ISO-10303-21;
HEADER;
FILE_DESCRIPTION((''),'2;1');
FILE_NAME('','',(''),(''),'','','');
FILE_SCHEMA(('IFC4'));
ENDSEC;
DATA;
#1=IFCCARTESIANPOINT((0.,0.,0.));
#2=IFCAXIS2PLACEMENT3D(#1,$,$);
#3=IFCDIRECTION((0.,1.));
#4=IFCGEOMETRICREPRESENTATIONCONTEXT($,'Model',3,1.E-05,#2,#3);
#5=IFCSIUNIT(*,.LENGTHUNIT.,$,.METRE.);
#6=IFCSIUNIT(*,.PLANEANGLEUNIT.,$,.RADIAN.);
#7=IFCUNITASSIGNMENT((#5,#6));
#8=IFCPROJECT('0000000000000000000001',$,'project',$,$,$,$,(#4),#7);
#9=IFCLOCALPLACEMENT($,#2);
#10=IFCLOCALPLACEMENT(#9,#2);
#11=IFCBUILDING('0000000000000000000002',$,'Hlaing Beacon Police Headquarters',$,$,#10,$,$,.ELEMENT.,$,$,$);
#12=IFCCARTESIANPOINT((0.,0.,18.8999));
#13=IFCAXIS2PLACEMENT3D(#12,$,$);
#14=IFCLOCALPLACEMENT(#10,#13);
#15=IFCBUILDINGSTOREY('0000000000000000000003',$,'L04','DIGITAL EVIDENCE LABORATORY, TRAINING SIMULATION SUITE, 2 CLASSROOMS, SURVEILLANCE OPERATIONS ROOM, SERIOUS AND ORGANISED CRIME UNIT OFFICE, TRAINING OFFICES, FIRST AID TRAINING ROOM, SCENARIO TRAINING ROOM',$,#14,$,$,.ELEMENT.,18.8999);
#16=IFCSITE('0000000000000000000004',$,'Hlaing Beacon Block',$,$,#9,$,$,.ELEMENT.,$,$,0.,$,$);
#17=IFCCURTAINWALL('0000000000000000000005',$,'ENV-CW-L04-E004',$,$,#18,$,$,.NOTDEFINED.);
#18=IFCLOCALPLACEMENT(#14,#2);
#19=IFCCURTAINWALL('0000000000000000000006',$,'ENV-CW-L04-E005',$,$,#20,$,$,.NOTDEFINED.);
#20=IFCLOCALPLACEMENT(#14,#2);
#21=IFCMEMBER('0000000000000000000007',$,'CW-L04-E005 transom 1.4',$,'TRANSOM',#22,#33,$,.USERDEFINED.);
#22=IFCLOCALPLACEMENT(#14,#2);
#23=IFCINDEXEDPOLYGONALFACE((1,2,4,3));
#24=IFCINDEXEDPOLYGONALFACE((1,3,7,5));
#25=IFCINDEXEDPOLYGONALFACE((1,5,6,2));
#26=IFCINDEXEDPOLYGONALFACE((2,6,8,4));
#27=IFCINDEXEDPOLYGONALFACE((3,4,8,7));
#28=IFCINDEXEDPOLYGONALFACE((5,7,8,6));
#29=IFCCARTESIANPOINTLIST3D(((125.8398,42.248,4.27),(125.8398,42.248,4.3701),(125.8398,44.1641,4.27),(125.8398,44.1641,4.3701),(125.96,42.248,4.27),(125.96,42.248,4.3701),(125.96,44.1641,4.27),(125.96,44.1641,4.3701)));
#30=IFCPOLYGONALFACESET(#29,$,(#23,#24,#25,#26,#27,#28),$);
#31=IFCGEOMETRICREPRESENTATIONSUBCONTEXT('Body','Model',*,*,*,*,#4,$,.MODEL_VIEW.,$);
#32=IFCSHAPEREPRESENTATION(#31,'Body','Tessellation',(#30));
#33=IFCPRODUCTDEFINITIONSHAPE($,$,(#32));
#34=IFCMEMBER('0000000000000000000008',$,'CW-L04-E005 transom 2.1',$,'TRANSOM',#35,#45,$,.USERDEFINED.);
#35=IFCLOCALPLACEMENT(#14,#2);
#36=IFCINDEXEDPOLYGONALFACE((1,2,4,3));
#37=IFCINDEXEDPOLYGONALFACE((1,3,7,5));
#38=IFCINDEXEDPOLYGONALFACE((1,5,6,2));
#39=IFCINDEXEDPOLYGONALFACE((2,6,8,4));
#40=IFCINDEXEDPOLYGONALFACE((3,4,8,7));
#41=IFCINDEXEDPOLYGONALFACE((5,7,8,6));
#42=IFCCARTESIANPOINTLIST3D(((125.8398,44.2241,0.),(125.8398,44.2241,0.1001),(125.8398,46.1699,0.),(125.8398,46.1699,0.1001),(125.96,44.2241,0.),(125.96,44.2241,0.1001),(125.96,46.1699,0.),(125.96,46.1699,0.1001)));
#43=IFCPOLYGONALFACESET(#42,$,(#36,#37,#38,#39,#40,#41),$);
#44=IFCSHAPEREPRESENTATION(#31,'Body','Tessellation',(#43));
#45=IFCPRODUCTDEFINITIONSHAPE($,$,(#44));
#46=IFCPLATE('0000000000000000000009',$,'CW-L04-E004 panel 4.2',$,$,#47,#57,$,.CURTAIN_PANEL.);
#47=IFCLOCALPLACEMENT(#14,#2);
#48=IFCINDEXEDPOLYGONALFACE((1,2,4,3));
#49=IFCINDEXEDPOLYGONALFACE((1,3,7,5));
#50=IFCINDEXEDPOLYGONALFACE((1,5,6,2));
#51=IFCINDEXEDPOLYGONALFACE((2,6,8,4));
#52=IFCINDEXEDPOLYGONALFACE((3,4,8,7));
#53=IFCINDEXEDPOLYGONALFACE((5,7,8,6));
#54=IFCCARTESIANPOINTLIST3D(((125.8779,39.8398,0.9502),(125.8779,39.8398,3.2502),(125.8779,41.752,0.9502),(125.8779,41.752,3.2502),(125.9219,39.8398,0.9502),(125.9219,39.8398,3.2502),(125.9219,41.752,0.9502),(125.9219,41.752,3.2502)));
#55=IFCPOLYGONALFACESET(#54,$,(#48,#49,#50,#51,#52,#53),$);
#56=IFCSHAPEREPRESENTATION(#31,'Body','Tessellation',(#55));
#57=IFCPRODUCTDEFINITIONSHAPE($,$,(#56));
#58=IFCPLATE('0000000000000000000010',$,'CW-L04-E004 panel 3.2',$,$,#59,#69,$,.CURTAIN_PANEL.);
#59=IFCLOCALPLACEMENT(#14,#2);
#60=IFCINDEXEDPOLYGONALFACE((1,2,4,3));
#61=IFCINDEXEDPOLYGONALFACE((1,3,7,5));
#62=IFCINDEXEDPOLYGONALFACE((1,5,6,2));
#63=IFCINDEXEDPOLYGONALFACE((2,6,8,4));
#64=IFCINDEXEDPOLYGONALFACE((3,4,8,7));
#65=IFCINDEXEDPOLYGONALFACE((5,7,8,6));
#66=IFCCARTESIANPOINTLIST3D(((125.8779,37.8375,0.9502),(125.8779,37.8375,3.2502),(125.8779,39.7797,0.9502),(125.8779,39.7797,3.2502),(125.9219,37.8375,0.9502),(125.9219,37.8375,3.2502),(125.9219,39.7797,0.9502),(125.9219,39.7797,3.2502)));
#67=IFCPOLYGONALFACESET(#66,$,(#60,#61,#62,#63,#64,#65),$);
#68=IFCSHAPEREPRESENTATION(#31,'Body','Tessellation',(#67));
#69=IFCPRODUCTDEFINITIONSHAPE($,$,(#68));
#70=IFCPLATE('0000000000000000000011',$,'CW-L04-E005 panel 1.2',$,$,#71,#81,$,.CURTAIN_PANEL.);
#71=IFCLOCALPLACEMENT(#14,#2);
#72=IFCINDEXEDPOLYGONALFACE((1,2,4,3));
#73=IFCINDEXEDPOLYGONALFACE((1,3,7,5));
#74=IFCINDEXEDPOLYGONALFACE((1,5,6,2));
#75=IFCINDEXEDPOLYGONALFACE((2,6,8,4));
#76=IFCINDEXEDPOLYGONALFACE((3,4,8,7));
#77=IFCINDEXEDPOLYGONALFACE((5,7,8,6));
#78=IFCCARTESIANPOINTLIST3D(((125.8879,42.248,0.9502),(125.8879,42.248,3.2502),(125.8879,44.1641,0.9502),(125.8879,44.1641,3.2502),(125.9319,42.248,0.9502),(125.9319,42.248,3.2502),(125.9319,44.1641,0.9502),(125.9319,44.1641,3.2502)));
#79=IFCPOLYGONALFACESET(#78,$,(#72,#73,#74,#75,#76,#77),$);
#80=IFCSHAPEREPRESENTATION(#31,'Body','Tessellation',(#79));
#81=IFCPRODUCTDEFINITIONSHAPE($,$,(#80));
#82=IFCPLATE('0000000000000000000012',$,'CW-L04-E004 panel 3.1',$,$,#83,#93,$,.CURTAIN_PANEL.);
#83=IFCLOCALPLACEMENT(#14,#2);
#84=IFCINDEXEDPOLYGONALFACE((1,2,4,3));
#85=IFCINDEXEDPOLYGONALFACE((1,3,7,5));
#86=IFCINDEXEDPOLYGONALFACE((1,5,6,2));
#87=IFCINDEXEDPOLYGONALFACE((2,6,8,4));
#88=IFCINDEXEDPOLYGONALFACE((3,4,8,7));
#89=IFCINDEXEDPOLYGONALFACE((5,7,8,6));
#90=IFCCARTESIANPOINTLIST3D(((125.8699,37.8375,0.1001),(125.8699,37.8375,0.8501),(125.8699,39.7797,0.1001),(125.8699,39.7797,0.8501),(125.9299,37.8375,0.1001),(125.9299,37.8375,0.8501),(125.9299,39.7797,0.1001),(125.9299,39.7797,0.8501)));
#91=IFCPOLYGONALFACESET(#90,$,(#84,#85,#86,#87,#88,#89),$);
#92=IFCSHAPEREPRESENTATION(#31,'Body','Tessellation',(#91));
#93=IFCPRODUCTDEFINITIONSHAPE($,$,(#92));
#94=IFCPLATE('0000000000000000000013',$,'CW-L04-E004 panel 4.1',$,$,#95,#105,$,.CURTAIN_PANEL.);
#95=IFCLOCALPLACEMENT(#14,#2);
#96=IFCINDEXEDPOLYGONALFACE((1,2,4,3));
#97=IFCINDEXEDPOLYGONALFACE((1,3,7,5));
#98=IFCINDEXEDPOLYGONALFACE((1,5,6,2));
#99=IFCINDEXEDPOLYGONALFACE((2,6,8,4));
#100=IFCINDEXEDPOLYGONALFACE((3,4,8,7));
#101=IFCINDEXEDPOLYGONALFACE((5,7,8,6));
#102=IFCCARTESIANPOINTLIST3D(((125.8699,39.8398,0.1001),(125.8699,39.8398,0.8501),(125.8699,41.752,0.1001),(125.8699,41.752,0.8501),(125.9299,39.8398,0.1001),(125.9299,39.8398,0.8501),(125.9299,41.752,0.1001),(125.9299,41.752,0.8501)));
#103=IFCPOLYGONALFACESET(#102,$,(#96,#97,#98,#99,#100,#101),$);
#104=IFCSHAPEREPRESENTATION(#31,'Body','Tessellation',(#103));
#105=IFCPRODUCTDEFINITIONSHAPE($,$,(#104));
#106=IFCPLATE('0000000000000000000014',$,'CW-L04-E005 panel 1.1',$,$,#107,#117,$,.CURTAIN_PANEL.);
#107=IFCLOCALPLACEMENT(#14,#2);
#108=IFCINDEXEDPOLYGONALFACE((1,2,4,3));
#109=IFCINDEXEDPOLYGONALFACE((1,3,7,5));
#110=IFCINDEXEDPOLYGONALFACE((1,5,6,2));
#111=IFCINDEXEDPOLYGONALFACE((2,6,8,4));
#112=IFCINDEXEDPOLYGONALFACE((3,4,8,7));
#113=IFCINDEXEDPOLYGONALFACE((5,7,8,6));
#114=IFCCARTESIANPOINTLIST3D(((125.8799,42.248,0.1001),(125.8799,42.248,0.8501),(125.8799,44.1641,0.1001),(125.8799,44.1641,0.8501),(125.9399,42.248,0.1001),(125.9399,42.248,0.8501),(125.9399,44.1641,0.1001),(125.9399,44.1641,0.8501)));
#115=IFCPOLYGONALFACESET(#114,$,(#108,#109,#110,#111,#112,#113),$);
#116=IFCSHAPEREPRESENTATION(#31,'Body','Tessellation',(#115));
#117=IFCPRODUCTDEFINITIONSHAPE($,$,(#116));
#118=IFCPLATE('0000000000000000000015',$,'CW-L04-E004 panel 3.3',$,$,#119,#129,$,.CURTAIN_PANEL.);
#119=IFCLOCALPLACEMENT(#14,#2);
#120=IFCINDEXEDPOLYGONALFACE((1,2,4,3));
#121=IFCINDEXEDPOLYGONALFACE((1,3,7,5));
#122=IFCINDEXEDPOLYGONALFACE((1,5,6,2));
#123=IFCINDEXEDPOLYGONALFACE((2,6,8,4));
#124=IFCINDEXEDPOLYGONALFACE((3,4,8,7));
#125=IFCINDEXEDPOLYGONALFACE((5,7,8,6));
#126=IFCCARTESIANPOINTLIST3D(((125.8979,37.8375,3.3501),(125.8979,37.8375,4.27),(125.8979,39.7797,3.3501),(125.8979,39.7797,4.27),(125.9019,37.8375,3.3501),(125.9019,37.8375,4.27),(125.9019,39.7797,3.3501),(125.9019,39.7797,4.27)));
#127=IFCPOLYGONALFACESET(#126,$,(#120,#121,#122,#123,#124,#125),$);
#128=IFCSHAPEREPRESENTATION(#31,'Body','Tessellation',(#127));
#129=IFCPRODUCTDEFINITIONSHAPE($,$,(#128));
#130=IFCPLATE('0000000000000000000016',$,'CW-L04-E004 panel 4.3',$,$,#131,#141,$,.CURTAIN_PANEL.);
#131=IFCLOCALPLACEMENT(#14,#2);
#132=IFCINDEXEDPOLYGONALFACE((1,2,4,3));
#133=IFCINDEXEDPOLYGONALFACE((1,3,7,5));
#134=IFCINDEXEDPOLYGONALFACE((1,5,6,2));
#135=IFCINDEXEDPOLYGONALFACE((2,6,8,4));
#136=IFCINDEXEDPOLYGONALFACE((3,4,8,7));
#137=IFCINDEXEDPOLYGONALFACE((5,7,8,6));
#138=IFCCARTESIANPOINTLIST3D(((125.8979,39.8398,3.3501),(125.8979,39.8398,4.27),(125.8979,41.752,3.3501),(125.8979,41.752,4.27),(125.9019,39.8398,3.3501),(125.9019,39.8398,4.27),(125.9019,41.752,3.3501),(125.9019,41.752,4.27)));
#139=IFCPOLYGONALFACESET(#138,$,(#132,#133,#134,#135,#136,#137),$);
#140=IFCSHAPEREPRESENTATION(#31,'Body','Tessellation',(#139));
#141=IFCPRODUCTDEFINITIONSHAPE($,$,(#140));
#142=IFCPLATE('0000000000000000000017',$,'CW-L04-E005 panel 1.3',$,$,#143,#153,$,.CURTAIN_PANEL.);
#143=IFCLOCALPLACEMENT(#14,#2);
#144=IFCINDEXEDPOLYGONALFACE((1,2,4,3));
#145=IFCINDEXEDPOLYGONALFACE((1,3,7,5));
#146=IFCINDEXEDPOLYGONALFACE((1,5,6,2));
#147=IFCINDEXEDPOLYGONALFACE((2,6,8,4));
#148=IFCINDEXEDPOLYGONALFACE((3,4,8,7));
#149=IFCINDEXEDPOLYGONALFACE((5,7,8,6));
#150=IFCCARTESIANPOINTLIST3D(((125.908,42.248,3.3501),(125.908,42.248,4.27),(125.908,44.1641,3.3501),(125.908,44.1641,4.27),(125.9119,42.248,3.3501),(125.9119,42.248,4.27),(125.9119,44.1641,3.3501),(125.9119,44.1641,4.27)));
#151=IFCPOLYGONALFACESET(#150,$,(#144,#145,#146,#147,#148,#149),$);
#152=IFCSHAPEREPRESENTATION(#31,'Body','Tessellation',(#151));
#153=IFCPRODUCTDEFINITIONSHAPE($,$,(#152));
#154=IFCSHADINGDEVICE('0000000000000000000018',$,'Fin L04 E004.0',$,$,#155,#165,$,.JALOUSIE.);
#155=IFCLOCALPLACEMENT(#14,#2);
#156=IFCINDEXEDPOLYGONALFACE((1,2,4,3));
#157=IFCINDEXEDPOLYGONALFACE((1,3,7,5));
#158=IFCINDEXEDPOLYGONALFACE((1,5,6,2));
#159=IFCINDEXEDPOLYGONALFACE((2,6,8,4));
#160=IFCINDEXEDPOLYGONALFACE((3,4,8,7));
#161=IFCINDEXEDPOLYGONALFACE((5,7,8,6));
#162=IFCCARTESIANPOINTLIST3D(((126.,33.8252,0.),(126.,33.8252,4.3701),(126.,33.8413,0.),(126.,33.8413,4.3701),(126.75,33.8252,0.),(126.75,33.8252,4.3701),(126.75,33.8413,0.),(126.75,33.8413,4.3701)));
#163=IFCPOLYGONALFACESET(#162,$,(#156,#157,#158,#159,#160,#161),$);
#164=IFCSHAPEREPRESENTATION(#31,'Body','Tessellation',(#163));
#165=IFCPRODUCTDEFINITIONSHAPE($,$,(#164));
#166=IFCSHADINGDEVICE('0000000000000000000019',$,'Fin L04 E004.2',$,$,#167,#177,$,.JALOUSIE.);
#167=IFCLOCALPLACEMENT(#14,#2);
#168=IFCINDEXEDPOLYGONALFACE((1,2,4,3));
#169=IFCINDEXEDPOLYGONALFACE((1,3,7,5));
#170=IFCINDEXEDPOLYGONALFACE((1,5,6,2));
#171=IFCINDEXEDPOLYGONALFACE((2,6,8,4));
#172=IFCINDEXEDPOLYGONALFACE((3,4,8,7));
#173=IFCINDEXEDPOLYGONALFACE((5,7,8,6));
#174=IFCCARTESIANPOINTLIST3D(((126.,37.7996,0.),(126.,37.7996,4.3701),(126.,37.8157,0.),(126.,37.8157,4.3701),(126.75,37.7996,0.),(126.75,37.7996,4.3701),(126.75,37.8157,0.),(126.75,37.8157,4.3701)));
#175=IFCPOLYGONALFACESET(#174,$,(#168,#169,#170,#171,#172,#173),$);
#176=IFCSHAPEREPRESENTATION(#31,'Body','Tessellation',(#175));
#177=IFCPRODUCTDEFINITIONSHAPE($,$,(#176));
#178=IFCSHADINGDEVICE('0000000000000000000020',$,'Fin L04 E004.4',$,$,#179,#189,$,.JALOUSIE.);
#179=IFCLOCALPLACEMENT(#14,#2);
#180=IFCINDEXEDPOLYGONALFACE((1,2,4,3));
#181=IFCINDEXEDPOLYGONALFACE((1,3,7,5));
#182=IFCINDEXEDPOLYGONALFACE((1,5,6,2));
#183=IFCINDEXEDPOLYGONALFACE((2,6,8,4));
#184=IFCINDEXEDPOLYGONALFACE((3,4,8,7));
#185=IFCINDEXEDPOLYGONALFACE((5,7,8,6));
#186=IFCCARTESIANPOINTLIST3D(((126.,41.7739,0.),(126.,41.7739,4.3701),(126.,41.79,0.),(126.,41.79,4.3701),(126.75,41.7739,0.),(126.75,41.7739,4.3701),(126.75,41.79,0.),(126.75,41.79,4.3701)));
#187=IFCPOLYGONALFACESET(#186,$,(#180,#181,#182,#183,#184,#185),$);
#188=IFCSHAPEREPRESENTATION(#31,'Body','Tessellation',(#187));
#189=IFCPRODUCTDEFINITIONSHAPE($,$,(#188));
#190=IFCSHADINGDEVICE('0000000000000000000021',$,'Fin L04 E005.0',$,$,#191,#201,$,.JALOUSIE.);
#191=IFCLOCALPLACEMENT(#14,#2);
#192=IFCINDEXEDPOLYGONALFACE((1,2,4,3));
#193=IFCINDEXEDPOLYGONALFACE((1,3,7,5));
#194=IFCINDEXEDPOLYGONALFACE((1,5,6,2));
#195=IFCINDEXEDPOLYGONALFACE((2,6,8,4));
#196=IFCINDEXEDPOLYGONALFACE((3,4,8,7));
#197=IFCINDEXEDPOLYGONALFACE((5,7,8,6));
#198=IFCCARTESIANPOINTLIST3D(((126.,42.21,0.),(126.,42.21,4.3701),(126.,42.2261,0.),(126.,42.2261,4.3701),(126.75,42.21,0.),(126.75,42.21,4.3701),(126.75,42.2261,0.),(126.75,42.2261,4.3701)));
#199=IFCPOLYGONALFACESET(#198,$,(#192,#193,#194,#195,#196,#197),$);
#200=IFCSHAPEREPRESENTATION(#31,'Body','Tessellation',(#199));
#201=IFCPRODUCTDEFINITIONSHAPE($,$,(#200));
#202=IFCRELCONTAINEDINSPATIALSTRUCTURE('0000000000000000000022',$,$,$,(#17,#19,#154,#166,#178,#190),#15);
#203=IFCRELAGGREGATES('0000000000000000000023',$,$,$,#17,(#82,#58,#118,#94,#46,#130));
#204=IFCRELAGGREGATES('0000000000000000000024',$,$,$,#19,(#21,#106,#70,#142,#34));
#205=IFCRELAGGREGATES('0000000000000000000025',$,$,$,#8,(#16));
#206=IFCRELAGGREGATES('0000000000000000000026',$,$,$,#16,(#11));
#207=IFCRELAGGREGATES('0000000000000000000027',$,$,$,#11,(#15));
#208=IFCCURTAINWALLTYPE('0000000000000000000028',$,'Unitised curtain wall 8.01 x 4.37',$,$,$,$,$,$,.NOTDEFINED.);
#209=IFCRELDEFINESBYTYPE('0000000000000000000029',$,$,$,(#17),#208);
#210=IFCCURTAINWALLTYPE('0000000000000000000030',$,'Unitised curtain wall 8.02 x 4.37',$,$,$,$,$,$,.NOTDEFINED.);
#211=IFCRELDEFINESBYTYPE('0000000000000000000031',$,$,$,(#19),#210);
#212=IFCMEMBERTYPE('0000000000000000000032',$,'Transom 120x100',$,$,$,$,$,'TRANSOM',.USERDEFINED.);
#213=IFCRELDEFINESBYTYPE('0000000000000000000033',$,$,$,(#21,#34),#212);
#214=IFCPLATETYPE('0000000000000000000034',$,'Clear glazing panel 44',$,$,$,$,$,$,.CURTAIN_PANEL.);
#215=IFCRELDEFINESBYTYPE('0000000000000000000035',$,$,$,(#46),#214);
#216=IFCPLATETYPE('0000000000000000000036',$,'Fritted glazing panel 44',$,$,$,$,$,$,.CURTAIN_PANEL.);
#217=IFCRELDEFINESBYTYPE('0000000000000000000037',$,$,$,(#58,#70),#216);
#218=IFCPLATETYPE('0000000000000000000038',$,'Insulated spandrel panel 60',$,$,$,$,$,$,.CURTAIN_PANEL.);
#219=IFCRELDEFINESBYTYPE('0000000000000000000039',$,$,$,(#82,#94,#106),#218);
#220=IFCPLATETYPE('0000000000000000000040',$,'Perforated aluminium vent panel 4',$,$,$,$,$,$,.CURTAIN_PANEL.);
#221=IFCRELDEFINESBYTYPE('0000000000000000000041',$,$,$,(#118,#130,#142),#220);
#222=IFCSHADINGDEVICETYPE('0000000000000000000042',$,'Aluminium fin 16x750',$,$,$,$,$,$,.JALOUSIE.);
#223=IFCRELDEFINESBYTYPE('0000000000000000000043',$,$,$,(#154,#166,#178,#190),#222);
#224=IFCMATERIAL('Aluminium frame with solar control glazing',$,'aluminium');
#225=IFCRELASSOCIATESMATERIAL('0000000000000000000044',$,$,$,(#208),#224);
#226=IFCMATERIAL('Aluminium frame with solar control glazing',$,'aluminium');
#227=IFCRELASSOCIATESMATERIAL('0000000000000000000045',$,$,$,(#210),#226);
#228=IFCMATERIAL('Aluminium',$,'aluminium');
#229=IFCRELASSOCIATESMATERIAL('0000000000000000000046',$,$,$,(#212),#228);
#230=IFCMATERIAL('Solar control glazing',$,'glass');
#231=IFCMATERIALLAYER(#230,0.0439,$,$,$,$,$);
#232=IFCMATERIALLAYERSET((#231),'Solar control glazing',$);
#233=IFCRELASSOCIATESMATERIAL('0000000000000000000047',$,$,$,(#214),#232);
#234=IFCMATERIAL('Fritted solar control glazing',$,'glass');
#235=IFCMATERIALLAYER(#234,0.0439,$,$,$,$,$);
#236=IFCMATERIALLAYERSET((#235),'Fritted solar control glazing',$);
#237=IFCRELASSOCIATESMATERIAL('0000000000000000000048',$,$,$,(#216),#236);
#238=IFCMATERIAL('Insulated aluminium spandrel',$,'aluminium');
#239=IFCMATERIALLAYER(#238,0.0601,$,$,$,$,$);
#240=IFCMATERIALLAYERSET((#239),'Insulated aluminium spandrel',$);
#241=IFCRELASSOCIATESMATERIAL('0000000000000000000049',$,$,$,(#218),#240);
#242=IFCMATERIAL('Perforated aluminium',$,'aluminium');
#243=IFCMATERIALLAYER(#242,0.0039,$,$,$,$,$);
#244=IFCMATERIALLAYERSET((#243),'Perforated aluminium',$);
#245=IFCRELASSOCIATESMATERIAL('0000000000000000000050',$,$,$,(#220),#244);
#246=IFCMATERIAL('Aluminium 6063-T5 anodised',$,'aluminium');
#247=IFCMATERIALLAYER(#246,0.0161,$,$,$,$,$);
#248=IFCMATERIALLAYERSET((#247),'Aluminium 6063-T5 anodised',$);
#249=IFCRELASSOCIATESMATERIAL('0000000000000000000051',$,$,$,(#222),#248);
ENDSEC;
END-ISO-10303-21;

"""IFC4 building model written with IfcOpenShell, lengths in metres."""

from ifc_helpers import new_model, si_unit, direction, frame, origin, origin_2d, place, context, subcontext, project, spatial, rectangle, extrude, material, layer, layer_set, material_profile, profile_set, type_object, element, aggregate, save


model = new_model("IFC4")

# Units and contexts
model_context = context("Model", 3, precision=1e-05, world=origin(), true_north=direction((0.0, 1.0)))
body_context = subcontext(model_context, "Body", "Model", "MODEL_VIEW")
ifc_project = project(units=[si_unit("LENGTHUNIT", "METRE"), si_unit("PLANEANGLEUNIT", "RADIAN")], contexts=[model_context])

# Site, building, storey
site_placement = place(None, origin())
site = spatial("IfcSite", under=ifc_project, at=site_placement, Name="Hlaing Beacon Block", CompositionType="ELEMENT", RefElevation=0.0)
building_placement = place(site_placement, origin())
building = spatial("IfcBuilding", under=site, at=building_placement, Name="Hlaing Beacon Police Headquarters", CompositionType="ELEMENT")
storey_placement = place(building_placement, frame((0.0, 0.0, 18.8999)))
storey = spatial("IfcBuildingStorey", under=building, at=storey_placement, Name="L04", Description="DIGITAL EVIDENCE LABORATORY, TRAINING SIMULATION SUITE, 2 CLASSROOMS, SURVEILLANCE OPERATIONS ROOM, SERIOUS AND ORGANISED CRIME UNIT OFFICE, TRAINING OFFICES, FIRST AID TRAINING ROOM, SCENARIO TRAINING ROOM", CompositionType="ELEMENT", Elevation=18.8999)

# Curtain walls
ifc_material_1 = material(Name="Aluminium frame with solar control glazing", Category="aluminium")
curtain_wall_type_1 = type_object("IfcCurtainWallType", Name="Unitised curtain wall 8.01 x 4.37", PredefinedType="NOTDEFINED", material=ifc_material_1)
curtain_wall_1_placement = place(storey_placement, origin())
curtain_wall_1 = element("IfcCurtainWall", 1, at=curtain_wall_1_placement, inside=storey, type_object=curtain_wall_type_1, Name="ENV-CW-L04-E004", PredefinedType="NOTDEFINED")
ifc_material_2 = material(Name="Aluminium frame with solar control glazing", Category="aluminium")
curtain_wall_type_2 = type_object("IfcCurtainWallType", Name="Unitised curtain wall 8.02 x 4.37", PredefinedType="NOTDEFINED", material=ifc_material_2)
curtain_wall_2_placement = place(storey_placement, origin())
curtain_wall_2 = element("IfcCurtainWall", 2, at=curtain_wall_2_placement, inside=storey, type_object=curtain_wall_type_2, Name="ENV-CW-L04-E005", PredefinedType="NOTDEFINED")

# Members
ifc_material_3 = material(Name="Aluminium", Category="aluminium")
ifc_material_profile_1 = material_profile(ifc_material_3, rectangle(XDim=0.1201, YDim=0.1001, at=origin_2d()), Name="Transom 120x100")
ifc_profile_set_1 = profile_set([ifc_material_profile_1], Name="Aluminium")
member_type_1 = type_object("IfcMemberType", Name="Transom 120x100", ElementType="TRANSOM", PredefinedType="USERDEFINED", material=ifc_profile_set_1)
member_1_placement = place(storey_placement, frame((125.8999, 42.248, 4.3201), z_axis=(0.0, 1.0, 0.0), x_axis=(-1.0, 0.0, 0.0)))
member_1 = element("IfcMember", 3, at=member_1_placement, type_object=member_type_1, Name="CW-L04-E005 transom 1.4", ObjectType="TRANSOM", PredefinedType="USERDEFINED", context=body_context, shape_type="SweptSolid", body=[
    extrude(rectangle(XDim=0.1201, YDim=0.1001, at=origin_2d()), origin(), (0.0, 0.0, 1.0), 1.916),
])
member_2_placement = place(storey_placement, frame((125.8999, 44.2241, 0.05), z_axis=(0.0, 1.0, 0.0), x_axis=(-1.0, 0.0, 0.0)))
member_2 = element("IfcMember", 4, at=member_2_placement, type_object=member_type_1, Name="CW-L04-E005 transom 2.1", ObjectType="TRANSOM", PredefinedType="USERDEFINED", context=body_context, shape_type="SweptSolid", body=[
    extrude(rectangle(XDim=0.1201, YDim=0.1001, at=origin_2d()), origin(), (0.0, 0.0, 1.0), 1.9458),
])

# Plates
ifc_material_4 = material(Name="Solar control glazing", Category="glass")
ifc_layer_1 = layer(ifc_material_4, 0.0439)
ifc_layer_set_1 = layer_set([ifc_layer_1], Name="Solar control glazing")
plate_type_1 = type_object("IfcPlateType", Name="Clear glazing panel 44", PredefinedType="CURTAIN_PANEL", material=ifc_layer_set_1)
plate_1_placement = place(storey_placement, frame((125.8999, 40.7959, 0.9502), z_axis=(0.0, 0.0, 1.0), x_axis=(0.0, 1.0, 0.0)))
plate_1 = element("IfcPlate", 5, at=plate_1_placement, type_object=plate_type_1, Name="CW-L04-E004 panel 4.2", PredefinedType="CURTAIN_PANEL", context=body_context, shape_type="SweptSolid", body=[
    extrude(rectangle(XDim=1.9121, YDim=0.0439, at=origin_2d()), origin(), (0.0, 0.0, 1.0), 2.3),
])
ifc_material_5 = material(Name="Fritted solar control glazing", Category="glass")
ifc_layer_2 = layer(ifc_material_5, 0.0439)
ifc_layer_set_2 = layer_set([ifc_layer_2], Name="Fritted solar control glazing")
plate_type_2 = type_object("IfcPlateType", Name="Fritted glazing panel 44", PredefinedType="CURTAIN_PANEL", material=ifc_layer_set_2)
plate_2_placement = place(storey_placement, frame((125.8999, 38.8086, 0.9502), z_axis=(0.0, 0.0, 1.0), x_axis=(0.0, 1.0, 0.0)))
plate_2 = element("IfcPlate", 6, at=plate_2_placement, type_object=plate_type_2, Name="CW-L04-E004 panel 3.2", PredefinedType="CURTAIN_PANEL", context=body_context, shape_type="SweptSolid", body=[
    extrude(rectangle(XDim=1.9421, YDim=0.0439, at=origin_2d()), origin(), (0.0, 0.0, 1.0), 2.3),
])
plate_3_placement = place(storey_placement, frame((125.9099, 43.2061, 0.9502), z_axis=(0.0, 0.0, 1.0), x_axis=(0.0, 1.0, 0.0)))
plate_3 = element("IfcPlate", 7, at=plate_3_placement, type_object=plate_type_2, Name="CW-L04-E005 panel 1.2", PredefinedType="CURTAIN_PANEL", context=body_context, shape_type="SweptSolid", body=[
    extrude(rectangle(XDim=1.916, YDim=0.0439, at=origin_2d()), origin(), (0.0, 0.0, 1.0), 2.3),
])
ifc_material_6 = material(Name="Insulated aluminium spandrel", Category="aluminium")
ifc_layer_3 = layer(ifc_material_6, 0.0601)
ifc_layer_set_3 = layer_set([ifc_layer_3], Name="Insulated aluminium spandrel")
plate_type_3 = type_object("IfcPlateType", Name="Insulated spandrel panel 60", PredefinedType="CURTAIN_PANEL", material=ifc_layer_set_3)
plate_4_placement = place(storey_placement, frame((125.8999, 38.8086, 0.1001), z_axis=(0.0, 0.0, 1.0), x_axis=(0.0, 1.0, 0.0)))
plate_4 = element("IfcPlate", 8, at=plate_4_placement, type_object=plate_type_3, Name="CW-L04-E004 panel 3.1", PredefinedType="CURTAIN_PANEL", context=body_context, shape_type="SweptSolid", body=[
    extrude(rectangle(XDim=1.9421, YDim=0.0601, at=origin_2d()), origin(), (0.0, 0.0, 1.0), 0.75),
])
plate_5_placement = place(storey_placement, frame((125.8999, 40.7959, 0.1001), z_axis=(0.0, 0.0, 1.0), x_axis=(0.0, 1.0, 0.0)))
plate_5 = element("IfcPlate", 9, at=plate_5_placement, type_object=plate_type_3, Name="CW-L04-E004 panel 4.1", PredefinedType="CURTAIN_PANEL", context=body_context, shape_type="SweptSolid", body=[
    extrude(rectangle(XDim=1.9121, YDim=0.0601, at=origin_2d()), origin(), (0.0, 0.0, 1.0), 0.75),
])
plate_6_placement = place(storey_placement, frame((125.9099, 43.2061, 0.1001), z_axis=(0.0, 0.0, 1.0), x_axis=(0.0, 1.0, 0.0)))
plate_6 = element("IfcPlate", 10, at=plate_6_placement, type_object=plate_type_3, Name="CW-L04-E005 panel 1.1", PredefinedType="CURTAIN_PANEL", context=body_context, shape_type="SweptSolid", body=[
    extrude(rectangle(XDim=1.916, YDim=0.0601, at=origin_2d()), origin(), (0.0, 0.0, 1.0), 0.75),
])
ifc_material_7 = material(Name="Perforated aluminium", Category="aluminium")
ifc_layer_4 = layer(ifc_material_7, 0.0039)
ifc_layer_set_4 = layer_set([ifc_layer_4], Name="Perforated aluminium")
plate_type_4 = type_object("IfcPlateType", Name="Perforated aluminium vent panel 4", PredefinedType="CURTAIN_PANEL", material=ifc_layer_set_4)
plate_7_placement = place(storey_placement, frame((125.8999, 38.8086, 3.3501), z_axis=(0.0, 0.0, 1.0), x_axis=(0.0, 1.0, 0.0)))
plate_7 = element("IfcPlate", 11, at=plate_7_placement, type_object=plate_type_4, Name="CW-L04-E004 panel 3.3", PredefinedType="CURTAIN_PANEL", context=body_context, shape_type="SweptSolid", body=[
    extrude(rectangle(XDim=1.9421, YDim=0.0039, at=origin_2d()), origin(), (0.0, 0.0, 1.0), 0.9199),
])
plate_8_placement = place(storey_placement, frame((125.8999, 40.7959, 3.3501), z_axis=(0.0, 0.0, 1.0), x_axis=(0.0, 1.0, 0.0)))
plate_8 = element("IfcPlate", 12, at=plate_8_placement, type_object=plate_type_4, Name="CW-L04-E004 panel 4.3", PredefinedType="CURTAIN_PANEL", context=body_context, shape_type="SweptSolid", body=[
    extrude(rectangle(XDim=1.9121, YDim=0.0039, at=origin_2d()), origin(), (0.0, 0.0, 1.0), 0.9199),
])
aggregate(curtain_wall_1, [plate_4, plate_2, plate_7, plate_5, plate_1, plate_8])
plate_9_placement = place(storey_placement, frame((125.9099, 43.2061, 3.3501), z_axis=(0.0, 0.0, 1.0), x_axis=(0.0, 1.0, 0.0)))
plate_9 = element("IfcPlate", 13, at=plate_9_placement, type_object=plate_type_4, Name="CW-L04-E005 panel 1.3", PredefinedType="CURTAIN_PANEL", context=body_context, shape_type="SweptSolid", body=[
    extrude(rectangle(XDim=1.916, YDim=0.0039, at=origin_2d()), origin(), (0.0, 0.0, 1.0), 0.9199),
])
aggregate(curtain_wall_2, [member_1, plate_6, plate_3, plate_9, member_2])

# Shading devices
ifc_material_8 = material(Name="Aluminium 6063-T5 anodised", Category="aluminium")
ifc_layer_5 = layer(ifc_material_8, 0.0161)
ifc_layer_set_5 = layer_set([ifc_layer_5], Name="Aluminium 6063-T5 anodised")
shading_device_type = type_object("IfcShadingDeviceType", Name="Aluminium fin 16x750", PredefinedType="JALOUSIE", material=ifc_layer_set_5)
for number, where, z_axis, x_axis, name in (
    (14, (126.375, 33.8333, 0.0), (0.0, 0.0, 1.0), (0.0, 1.0, 0.0), "Fin L04 E004.0"),
    (15, (126.375, 37.8076, 0.0), (0.0, 0.0, 1.0), (0.0, 1.0, 0.0), "Fin L04 E004.2"),
    (16, (126.375, 41.782, 0.0), (0.0, 0.0, 1.0), (0.0, 1.0, 0.0), "Fin L04 E004.4"),
    (17, (126.375, 42.218, 0.0), (0.0, 0.0, 1.0), (0.0, 1.0, 0.0), "Fin L04 E005.0"),
):
    element("IfcShadingDevice", number, at=place(storey_placement, frame(where, z_axis=z_axis, x_axis=x_axis)), inside=storey, type_object=shading_device_type, Name=name, PredefinedType="JALOUSIE", context=body_context, shape_type="SweptSolid", body=[
        extrude(rectangle(XDim=0.0161, YDim=0.75, at=origin_2d()), origin(), (0.0, 0.0, 1.0), 4.3701),
    ])

save(model, "model.ifc")
